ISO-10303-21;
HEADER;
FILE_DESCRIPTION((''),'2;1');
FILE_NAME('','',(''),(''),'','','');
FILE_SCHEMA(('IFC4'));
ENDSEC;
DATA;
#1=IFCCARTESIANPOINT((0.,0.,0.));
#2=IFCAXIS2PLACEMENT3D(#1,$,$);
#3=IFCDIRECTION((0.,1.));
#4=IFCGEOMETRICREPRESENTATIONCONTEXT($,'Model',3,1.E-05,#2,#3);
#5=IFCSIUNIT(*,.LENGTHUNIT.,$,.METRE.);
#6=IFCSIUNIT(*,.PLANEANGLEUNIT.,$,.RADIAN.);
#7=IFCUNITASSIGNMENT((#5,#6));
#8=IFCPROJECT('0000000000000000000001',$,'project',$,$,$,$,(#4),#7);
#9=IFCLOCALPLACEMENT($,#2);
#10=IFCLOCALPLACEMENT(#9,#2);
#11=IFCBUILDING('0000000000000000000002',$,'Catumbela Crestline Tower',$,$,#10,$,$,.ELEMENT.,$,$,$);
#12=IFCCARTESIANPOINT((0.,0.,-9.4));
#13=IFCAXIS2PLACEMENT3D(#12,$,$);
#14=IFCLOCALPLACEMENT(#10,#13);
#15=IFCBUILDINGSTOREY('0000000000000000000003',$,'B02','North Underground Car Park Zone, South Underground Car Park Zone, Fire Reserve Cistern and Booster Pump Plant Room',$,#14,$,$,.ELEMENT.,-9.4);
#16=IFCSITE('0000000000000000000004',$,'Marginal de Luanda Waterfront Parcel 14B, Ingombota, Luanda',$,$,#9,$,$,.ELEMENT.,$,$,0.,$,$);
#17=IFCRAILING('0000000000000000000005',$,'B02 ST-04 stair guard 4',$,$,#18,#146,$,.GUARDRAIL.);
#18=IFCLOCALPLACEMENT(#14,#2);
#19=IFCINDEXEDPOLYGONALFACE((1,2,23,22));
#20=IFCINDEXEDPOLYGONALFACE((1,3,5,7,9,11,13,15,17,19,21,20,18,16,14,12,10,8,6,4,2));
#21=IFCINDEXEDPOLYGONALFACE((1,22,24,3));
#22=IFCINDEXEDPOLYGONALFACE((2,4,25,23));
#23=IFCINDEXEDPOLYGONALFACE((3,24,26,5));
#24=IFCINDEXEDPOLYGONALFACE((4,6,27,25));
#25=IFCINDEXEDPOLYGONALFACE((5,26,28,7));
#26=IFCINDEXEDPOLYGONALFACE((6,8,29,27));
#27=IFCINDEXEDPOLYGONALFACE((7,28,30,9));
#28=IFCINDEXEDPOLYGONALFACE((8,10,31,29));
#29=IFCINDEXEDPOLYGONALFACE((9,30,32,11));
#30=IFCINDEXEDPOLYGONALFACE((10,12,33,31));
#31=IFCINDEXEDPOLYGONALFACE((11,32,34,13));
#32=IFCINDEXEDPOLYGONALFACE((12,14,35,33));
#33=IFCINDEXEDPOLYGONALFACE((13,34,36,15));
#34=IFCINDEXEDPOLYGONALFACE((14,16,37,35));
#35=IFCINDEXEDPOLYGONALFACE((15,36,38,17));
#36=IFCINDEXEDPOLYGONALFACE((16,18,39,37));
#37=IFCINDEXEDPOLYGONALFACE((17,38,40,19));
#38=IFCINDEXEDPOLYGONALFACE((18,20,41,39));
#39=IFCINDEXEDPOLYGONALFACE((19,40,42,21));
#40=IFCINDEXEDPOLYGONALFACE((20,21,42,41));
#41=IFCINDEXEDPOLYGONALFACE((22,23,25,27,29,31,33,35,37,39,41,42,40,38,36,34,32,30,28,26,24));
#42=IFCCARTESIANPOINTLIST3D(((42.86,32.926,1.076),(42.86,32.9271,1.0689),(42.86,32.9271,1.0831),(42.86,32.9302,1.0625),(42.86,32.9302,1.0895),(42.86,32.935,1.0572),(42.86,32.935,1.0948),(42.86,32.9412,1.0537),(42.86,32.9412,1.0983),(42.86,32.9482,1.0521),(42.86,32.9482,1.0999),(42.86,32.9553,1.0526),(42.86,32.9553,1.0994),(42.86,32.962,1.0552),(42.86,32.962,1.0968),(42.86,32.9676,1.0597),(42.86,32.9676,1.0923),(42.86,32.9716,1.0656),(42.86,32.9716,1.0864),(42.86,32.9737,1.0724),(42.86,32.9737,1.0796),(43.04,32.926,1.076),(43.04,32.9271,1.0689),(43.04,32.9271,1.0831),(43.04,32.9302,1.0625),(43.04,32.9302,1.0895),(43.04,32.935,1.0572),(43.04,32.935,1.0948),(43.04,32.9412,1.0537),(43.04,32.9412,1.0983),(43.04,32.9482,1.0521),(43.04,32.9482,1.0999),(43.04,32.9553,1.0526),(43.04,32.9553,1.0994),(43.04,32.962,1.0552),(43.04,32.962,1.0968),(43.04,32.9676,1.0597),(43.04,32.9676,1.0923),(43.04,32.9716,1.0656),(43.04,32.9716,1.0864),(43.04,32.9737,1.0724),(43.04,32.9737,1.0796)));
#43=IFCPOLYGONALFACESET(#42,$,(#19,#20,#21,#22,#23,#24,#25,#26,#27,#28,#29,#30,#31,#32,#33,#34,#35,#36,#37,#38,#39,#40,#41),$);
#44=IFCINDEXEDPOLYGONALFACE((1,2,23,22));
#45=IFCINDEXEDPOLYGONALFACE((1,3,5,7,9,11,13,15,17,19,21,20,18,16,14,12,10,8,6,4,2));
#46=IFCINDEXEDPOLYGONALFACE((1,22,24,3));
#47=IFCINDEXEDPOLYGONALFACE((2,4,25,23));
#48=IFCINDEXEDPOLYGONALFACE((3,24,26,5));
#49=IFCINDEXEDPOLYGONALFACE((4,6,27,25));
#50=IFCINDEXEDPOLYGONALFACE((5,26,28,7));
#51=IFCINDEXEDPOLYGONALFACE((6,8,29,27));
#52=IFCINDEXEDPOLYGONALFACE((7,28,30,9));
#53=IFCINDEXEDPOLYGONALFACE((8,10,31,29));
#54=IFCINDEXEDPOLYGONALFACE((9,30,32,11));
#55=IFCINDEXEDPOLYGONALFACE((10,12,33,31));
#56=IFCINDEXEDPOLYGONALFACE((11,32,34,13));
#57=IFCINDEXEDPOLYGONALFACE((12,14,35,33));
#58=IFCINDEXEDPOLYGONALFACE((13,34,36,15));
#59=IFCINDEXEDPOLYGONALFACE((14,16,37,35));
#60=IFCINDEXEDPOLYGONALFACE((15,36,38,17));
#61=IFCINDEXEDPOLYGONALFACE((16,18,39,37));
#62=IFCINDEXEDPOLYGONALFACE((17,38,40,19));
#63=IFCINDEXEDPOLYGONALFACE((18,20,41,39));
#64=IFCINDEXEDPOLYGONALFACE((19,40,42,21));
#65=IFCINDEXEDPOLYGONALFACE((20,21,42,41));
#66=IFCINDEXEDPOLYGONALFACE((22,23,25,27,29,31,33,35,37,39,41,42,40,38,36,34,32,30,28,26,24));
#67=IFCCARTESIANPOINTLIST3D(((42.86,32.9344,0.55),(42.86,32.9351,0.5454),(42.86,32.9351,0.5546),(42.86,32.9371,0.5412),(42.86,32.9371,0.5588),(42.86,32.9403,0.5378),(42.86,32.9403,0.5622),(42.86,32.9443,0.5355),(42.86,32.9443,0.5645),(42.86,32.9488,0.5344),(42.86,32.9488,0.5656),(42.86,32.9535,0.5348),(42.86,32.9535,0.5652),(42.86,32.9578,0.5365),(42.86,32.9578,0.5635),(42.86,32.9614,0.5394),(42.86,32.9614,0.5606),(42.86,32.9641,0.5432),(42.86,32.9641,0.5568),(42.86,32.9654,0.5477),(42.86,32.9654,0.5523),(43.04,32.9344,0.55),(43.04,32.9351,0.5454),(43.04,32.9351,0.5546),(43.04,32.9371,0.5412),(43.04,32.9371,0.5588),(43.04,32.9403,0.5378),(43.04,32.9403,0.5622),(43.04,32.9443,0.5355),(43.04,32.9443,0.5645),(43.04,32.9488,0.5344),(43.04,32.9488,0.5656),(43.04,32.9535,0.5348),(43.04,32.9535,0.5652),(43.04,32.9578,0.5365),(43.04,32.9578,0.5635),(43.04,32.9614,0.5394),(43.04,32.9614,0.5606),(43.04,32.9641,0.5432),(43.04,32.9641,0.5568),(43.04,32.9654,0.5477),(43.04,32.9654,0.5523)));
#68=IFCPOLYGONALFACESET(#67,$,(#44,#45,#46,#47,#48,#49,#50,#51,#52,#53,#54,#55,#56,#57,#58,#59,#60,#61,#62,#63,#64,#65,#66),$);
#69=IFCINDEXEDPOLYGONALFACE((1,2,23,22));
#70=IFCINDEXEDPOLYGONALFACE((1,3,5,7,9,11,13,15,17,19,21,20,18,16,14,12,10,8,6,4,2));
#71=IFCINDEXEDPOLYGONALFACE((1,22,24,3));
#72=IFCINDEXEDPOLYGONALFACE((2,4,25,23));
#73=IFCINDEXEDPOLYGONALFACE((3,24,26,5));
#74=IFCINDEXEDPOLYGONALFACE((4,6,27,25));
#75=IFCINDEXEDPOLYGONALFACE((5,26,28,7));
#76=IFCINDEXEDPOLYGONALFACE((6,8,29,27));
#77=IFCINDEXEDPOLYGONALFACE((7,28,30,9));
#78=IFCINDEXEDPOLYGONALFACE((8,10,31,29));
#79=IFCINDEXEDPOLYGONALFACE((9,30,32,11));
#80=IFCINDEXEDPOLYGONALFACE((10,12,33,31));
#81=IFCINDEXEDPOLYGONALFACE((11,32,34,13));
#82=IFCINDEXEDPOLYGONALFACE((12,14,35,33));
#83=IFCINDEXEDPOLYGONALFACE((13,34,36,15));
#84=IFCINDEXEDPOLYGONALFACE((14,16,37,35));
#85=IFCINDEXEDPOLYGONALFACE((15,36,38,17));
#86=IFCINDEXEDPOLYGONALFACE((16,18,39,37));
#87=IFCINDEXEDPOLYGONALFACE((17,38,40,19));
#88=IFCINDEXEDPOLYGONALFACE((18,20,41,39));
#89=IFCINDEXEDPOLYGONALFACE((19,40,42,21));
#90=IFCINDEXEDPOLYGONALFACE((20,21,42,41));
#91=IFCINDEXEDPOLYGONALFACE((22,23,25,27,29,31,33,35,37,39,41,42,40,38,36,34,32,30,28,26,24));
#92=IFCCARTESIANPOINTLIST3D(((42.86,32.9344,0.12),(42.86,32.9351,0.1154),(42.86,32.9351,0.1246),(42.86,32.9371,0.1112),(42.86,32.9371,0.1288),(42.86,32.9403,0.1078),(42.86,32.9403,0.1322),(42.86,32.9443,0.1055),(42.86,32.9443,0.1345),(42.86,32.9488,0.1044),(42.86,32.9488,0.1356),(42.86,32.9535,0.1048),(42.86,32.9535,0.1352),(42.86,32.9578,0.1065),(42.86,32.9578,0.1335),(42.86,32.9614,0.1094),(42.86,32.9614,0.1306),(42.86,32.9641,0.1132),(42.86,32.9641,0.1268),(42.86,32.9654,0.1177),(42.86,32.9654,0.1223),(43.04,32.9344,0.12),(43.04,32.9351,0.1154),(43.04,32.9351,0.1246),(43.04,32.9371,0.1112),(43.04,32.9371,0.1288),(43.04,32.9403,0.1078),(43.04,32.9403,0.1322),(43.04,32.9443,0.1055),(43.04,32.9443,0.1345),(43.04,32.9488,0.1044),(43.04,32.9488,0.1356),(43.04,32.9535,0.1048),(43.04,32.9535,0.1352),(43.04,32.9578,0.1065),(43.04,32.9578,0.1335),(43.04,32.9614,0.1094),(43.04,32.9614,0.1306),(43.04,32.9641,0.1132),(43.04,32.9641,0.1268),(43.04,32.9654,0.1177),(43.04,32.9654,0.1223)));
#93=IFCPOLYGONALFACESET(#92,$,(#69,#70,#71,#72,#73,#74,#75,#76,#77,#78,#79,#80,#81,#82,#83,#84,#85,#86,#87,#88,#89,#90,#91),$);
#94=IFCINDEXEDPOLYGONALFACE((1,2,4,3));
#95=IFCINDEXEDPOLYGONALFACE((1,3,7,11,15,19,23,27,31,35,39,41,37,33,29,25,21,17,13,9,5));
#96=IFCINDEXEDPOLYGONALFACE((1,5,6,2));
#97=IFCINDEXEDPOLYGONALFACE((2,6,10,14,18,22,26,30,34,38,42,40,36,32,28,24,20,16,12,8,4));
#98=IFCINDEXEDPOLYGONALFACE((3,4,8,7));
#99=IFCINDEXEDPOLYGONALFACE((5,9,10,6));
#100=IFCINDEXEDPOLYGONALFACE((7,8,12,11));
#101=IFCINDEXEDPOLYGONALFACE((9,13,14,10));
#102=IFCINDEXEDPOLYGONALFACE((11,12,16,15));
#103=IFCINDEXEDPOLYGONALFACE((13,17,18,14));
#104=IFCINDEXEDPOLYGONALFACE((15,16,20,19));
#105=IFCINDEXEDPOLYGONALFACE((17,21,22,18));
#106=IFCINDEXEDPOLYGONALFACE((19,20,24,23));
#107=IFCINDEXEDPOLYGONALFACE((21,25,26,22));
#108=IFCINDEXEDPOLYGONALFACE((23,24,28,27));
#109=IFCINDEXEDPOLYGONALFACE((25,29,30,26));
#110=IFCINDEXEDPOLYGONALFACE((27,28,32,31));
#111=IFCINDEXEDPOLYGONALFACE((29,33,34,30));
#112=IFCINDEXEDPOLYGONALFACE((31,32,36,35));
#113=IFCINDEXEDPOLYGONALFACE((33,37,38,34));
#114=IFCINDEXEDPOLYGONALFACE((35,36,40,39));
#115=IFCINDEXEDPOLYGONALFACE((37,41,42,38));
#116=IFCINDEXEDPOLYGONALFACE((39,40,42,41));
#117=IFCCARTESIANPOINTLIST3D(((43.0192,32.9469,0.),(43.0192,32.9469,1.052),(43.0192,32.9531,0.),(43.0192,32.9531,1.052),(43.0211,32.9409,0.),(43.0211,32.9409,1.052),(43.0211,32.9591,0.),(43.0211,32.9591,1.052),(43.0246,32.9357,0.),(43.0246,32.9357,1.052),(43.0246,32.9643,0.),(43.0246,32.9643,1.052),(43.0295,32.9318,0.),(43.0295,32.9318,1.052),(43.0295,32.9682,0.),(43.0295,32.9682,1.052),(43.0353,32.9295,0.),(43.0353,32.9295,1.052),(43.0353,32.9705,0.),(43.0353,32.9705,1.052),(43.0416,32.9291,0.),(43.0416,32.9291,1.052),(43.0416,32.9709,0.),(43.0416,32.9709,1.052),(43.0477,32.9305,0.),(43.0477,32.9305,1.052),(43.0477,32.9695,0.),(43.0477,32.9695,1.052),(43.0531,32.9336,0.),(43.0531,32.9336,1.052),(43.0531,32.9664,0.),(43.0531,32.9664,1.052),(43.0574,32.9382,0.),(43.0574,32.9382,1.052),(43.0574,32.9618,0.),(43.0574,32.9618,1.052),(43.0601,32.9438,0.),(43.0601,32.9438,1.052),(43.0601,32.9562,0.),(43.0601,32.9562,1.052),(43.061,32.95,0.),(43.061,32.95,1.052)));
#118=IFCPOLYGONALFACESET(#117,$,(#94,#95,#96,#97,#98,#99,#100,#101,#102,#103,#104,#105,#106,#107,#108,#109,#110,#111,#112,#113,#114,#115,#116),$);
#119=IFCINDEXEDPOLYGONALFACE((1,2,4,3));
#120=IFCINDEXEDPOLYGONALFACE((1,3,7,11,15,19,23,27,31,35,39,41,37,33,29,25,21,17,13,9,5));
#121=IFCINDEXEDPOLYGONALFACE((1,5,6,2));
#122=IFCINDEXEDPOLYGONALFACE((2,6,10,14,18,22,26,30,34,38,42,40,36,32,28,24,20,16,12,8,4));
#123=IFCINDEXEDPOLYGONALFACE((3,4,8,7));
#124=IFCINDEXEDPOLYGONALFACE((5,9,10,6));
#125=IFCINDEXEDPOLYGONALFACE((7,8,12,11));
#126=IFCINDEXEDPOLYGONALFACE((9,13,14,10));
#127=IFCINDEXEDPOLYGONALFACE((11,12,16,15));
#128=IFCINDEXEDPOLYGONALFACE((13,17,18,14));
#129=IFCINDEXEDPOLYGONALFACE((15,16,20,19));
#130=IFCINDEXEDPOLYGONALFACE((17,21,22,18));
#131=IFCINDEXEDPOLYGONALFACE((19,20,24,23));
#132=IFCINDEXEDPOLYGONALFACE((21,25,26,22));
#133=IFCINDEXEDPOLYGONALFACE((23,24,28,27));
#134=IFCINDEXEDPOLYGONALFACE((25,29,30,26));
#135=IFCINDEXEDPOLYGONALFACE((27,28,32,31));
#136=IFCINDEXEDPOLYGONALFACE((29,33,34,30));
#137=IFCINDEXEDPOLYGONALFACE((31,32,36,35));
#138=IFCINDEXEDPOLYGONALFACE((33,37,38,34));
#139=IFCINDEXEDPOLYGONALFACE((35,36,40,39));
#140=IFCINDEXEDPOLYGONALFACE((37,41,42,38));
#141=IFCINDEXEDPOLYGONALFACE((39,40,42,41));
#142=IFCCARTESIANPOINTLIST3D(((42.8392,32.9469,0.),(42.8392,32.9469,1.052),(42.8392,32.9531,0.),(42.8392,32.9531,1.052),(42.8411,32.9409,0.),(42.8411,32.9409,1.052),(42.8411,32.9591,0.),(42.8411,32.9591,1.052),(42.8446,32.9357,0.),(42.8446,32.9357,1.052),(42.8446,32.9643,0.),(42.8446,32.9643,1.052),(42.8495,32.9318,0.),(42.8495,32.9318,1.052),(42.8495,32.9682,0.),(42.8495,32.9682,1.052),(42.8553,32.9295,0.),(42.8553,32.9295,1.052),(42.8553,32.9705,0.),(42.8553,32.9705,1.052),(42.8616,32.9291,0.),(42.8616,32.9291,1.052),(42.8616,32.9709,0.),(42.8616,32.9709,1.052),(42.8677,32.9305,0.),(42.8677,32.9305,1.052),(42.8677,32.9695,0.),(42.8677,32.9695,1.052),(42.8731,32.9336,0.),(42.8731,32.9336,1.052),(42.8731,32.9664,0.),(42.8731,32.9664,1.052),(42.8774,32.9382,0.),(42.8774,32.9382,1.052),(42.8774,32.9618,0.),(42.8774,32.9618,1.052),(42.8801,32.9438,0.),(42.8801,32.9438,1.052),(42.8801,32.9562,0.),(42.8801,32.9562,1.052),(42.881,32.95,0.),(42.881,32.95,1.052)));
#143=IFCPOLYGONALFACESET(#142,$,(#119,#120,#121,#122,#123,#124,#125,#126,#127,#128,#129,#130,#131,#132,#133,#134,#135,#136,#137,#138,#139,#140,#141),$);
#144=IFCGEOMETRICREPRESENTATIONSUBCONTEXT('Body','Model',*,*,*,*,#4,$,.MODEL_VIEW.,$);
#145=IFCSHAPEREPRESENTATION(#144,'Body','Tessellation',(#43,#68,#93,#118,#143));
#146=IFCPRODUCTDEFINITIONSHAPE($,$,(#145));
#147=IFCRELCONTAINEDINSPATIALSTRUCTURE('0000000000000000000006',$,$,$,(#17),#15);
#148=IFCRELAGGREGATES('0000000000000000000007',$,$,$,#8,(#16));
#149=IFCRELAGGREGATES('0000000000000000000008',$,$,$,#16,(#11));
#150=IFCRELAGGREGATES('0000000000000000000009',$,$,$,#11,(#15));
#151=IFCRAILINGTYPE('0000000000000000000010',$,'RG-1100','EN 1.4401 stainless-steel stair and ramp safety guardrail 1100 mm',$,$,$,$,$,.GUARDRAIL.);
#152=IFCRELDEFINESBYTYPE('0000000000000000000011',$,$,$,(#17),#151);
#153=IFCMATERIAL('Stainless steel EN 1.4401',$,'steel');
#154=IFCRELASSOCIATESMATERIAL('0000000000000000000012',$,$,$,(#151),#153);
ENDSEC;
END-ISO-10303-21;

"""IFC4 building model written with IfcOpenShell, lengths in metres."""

from ifc_helpers import new_model, si_unit, direction, frame, origin, origin_2d, place, context, subcontext, project, spatial, circle, extrude, material, type_object, element, save


model = new_model("IFC4")

# Units and contexts
model_context = context("Model", 3, precision=1e-05, world=origin(), true_north=direction((0.0, 1.0)))
body_context = subcontext(model_context, "Body", "Model", "MODEL_VIEW")
ifc_project = project(units=[si_unit("LENGTHUNIT", "METRE"), si_unit("PLANEANGLEUNIT", "RADIAN")], contexts=[model_context])

# Site, building, storey
site_placement = place(None, origin())
site = spatial("IfcSite", under=ifc_project, at=site_placement, Name="Marginal de Luanda Waterfront Parcel 14B, Ingombota, Luanda", CompositionType="ELEMENT", RefElevation=0.0)
building_placement = place(site_placement, origin())
building = spatial("IfcBuilding", under=site, at=building_placement, Name="Catumbela Crestline Tower", CompositionType="ELEMENT")
storey_placement = place(building_placement, frame((0.0, 0.0, -9.4)))
storey = spatial("IfcBuildingStorey", under=building, at=storey_placement, Name="B02", Description="North Underground Car Park Zone, South Underground Car Park Zone, Fire Reserve Cistern and Booster Pump Plant Room", CompositionType="ELEMENT", Elevation=-9.4)

# Shared definitions
ifc_material_1 = material(Name="Stainless steel EN 1.4401", Category="steel")

# Railing
railing_type_1 = type_object("IfcRailingType", Name="RG-1100", Description="EN 1.4401 stainless-steel stair and ramp safety guardrail 1100 mm", PredefinedType="GUARDRAIL", material=ifc_material_1)
railing_1_placement = place(storey_placement, frame((43.04, 32.95, 0.0)))
element("IfcRailing", 1, at=railing_1_placement, inside=storey, type_object=railing_type_1, Name="B02 ST-04 stair guard 4", PredefinedType="GUARDRAIL", context=body_context, shape_type="SweptSolid", body=[
    extrude(circle(Radius=0.024, at=origin_2d()), frame((0.0, 0.0, 1.076), z_axis=(-1.0, 0.0, 0.0), x_axis=(0.0, -1.0, 0.0)), (0.0, 0.0, 1.0), 0.18),
    extrude(circle(Radius=0.0156, at=origin_2d()), frame((0.0, 0.0, 0.55), z_axis=(-1.0, 0.0, 0.0), x_axis=(0.0, -1.0, 0.0)), (0.0, 0.0, 1.0), 0.18),
    extrude(circle(Radius=0.0156, at=origin_2d()), frame((0.0, 0.0, 0.12), z_axis=(-1.0, 0.0, 0.0), x_axis=(0.0, -1.0, 0.0)), (0.0, 0.0, 1.0), 0.18),
    extrude(circle(Radius=0.021, at=origin_2d()), origin(), (0.0, 0.0, 1.0), 1.052),
    extrude(circle(Radius=0.021, at=origin_2d()), frame((-0.18, 0.0, 0.0)), (0.0, 0.0, 1.0), 1.052),
])

save(model, "model.ifc")
